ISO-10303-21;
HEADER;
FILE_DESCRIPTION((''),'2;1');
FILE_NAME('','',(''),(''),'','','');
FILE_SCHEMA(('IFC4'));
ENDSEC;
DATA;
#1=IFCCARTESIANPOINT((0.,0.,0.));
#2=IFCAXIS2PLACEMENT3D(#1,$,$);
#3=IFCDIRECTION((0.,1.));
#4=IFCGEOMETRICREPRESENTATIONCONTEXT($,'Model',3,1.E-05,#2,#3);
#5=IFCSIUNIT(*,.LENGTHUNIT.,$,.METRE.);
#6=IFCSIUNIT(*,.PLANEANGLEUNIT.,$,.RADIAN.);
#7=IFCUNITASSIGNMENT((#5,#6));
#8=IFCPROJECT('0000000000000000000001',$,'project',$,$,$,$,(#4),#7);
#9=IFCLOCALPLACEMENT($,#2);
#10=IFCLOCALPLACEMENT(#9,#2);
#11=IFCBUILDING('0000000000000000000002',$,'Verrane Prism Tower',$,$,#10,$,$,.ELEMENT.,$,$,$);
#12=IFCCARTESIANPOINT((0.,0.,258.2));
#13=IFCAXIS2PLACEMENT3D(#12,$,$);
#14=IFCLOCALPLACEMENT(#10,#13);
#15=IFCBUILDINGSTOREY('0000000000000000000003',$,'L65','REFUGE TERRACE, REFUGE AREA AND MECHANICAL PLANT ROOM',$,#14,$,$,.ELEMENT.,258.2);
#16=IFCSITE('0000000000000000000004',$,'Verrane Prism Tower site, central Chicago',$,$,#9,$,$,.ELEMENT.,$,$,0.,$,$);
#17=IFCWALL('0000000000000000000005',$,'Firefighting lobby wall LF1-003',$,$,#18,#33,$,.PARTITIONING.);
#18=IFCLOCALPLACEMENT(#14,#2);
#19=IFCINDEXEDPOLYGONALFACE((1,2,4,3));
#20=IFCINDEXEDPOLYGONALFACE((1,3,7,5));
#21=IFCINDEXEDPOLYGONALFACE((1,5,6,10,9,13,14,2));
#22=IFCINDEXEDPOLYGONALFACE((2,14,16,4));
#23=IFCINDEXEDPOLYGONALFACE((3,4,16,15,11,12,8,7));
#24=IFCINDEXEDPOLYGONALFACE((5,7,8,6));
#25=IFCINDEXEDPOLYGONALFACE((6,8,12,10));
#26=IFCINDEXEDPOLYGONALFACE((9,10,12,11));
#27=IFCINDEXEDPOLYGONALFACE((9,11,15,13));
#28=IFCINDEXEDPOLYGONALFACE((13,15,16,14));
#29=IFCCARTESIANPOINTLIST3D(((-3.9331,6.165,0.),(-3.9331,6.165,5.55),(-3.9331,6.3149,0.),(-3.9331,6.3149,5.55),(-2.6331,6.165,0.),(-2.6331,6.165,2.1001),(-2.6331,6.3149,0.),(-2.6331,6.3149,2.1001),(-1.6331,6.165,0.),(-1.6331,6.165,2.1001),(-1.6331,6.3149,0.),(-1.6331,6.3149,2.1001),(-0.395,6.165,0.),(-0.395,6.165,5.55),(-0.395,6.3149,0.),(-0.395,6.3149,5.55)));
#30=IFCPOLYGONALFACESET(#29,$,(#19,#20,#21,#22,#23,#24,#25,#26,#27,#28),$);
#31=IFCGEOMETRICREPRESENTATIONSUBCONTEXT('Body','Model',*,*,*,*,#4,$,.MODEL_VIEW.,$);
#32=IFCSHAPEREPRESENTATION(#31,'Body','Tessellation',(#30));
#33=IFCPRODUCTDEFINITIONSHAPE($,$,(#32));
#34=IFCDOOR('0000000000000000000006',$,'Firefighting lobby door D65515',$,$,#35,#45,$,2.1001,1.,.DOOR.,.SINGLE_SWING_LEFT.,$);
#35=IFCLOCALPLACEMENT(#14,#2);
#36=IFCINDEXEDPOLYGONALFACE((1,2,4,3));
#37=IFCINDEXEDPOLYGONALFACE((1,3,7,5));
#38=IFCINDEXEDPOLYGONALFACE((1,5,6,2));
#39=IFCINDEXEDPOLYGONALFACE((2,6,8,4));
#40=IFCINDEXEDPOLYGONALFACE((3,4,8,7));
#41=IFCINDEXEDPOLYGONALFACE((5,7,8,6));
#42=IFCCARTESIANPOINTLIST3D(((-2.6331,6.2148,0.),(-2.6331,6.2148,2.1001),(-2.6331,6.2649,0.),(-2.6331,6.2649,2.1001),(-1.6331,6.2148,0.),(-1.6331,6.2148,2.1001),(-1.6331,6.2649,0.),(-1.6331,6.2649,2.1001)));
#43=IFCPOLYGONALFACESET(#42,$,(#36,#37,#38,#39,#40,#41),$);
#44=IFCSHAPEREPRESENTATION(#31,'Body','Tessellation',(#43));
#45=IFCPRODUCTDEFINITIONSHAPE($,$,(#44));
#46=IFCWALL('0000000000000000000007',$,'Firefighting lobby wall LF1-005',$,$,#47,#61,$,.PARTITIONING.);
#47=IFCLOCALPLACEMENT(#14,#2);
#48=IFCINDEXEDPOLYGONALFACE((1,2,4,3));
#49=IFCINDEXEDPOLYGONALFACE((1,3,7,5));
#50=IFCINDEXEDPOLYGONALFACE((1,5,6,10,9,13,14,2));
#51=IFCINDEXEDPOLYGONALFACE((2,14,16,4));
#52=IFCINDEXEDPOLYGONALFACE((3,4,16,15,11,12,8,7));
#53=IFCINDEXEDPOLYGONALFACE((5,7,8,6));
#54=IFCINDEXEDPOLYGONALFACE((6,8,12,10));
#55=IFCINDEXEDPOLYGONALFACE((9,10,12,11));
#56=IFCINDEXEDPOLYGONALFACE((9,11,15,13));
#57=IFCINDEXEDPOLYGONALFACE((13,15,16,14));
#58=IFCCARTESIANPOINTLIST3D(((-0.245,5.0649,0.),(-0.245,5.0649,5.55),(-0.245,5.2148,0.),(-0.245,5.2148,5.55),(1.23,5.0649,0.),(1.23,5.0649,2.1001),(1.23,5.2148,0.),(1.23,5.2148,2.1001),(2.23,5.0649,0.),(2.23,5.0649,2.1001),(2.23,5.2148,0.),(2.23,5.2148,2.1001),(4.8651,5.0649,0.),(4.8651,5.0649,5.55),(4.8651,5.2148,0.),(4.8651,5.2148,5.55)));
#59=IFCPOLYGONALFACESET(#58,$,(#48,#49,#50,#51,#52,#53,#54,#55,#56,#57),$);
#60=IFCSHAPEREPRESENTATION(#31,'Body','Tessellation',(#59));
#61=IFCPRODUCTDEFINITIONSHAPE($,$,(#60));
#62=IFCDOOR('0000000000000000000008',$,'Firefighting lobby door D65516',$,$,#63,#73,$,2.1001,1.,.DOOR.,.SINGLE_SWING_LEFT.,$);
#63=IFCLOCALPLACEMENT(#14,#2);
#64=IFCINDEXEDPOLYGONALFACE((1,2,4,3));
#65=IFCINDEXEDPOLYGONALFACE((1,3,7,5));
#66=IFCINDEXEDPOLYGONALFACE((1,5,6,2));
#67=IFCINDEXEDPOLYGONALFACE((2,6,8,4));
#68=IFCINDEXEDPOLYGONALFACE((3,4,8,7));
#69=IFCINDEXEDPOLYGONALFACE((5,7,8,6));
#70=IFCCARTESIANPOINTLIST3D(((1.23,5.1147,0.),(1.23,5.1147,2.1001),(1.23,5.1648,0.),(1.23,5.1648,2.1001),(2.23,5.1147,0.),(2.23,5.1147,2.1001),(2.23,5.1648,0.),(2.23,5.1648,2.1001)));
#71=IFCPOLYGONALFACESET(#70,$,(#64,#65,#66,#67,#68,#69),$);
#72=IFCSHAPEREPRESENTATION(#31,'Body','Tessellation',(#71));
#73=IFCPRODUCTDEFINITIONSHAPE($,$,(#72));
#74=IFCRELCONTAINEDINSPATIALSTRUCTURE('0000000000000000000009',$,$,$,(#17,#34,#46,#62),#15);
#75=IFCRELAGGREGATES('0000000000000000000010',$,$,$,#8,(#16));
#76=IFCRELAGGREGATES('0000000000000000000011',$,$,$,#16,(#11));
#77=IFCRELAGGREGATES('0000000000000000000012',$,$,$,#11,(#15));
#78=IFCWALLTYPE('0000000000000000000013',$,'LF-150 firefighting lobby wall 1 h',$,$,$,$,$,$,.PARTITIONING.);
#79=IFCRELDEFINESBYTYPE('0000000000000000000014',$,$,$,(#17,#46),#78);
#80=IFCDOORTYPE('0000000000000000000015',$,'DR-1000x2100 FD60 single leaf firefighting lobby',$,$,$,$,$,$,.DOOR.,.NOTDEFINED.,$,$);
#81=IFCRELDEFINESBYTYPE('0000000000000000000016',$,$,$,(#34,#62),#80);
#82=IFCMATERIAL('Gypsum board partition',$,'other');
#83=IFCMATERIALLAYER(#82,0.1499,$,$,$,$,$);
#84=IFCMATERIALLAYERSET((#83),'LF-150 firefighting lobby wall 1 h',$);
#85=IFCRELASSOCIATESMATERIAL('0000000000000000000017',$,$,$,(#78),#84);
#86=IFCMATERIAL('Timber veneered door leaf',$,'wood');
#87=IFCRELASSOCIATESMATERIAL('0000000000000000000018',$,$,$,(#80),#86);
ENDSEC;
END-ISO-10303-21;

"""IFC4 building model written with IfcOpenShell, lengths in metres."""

from ifc_helpers import new_model, si_unit, direction, frame, frame_2d, origin, place, context, subcontext, project, spatial, rectangle, extrude, material, layer, layer_set, type_object, element, fill, save


model = new_model("IFC4")

# Units and contexts
model_context = context("Model", 3, precision=1e-05, world=origin(), true_north=direction((0.0, 1.0)))
body_context = subcontext(model_context, "Body", "Model", "MODEL_VIEW")
ifc_project = project(units=[si_unit("LENGTHUNIT", "METRE"), si_unit("PLANEANGLEUNIT", "RADIAN")], contexts=[model_context])

# Site, building, storey
site_placement = place(None, origin())
site = spatial("IfcSite", under=ifc_project, at=site_placement, Name="Verrane Prism Tower site, central Chicago", CompositionType="ELEMENT", RefElevation=0.0)
building_placement = place(site_placement, origin())
building = spatial("IfcBuilding", under=site, at=building_placement, Name="Verrane Prism Tower", CompositionType="ELEMENT")
storey_placement = place(building_placement, frame((0.0, 0.0, 258.2)))
storey = spatial("IfcBuildingStorey", under=building, at=storey_placement, Name="L65", Description="REFUGE TERRACE, REFUGE AREA AND MECHANICAL PLANT ROOM", CompositionType="ELEMENT", Elevation=258.2)

# Walls, openings, doors
ifc_material_1 = material(Name="Gypsum board partition", Category="other")
ifc_layer_1 = layer(ifc_material_1, 0.1499)
ifc_layer_set_1 = layer_set([ifc_layer_1], Name="LF-150 firefighting lobby wall 1 h")
wall_type_1 = type_object("IfcWallType", Name="LF-150 firefighting lobby wall 1 h", PredefinedType="PARTITIONING", material=ifc_layer_set_1)
wall_1_placement = place(storey_placement, frame((-3.9331, 6.24, 0.0), z_axis=(0.0, 0.0, 1.0), x_axis=(1.0, 0.0, 0.0)))
wall_1 = element("IfcWall", 1, at=wall_1_placement, inside=storey, type_object=wall_type_1, Name="Firefighting lobby wall LF1-003", PredefinedType="PARTITIONING", context=body_context, shape_type="SweptSolid", body=[
    extrude(rectangle(XDim=3.5381, YDim=0.1499, at=frame_2d((1.769, 0.0))), origin(), (0.0, 0.0, 1.0), 5.55),
])
opening_1_placement = place(wall_1_placement, frame((1.3, 0.0, 0.0)))
opening_1 = element("IfcOpeningElement", 2, at=opening_1_placement, cuts=wall_1, PredefinedType="OPENING", context=body_context, shape_type="SweptSolid", body=[
    extrude(rectangle(XDim=1.0, YDim=2.1001, at=frame_2d((0.5, 1.05))), frame((0.0, 0.085, 0.0), z_axis=(0.0, -1.0, 0.0), x_axis=(1.0, 0.0, 0.0)), (0.0, 0.0, 1.0), 0.1699),
])
ifc_material_2 = material(Name="Timber veneered door leaf", Category="wood")
door_type_1 = type_object("IfcDoorType", Name="DR-1000x2100 FD60 single leaf firefighting lobby", OperationType="NOTDEFINED", PredefinedType="DOOR", material=ifc_material_2)
door_1_placement = place(opening_1_placement, origin())
door_1 = element("IfcDoor", 3, at=door_1_placement, inside=storey, type_object=door_type_1, Name="Firefighting lobby door D65515", OperationType="SINGLE_SWING_LEFT", OverallHeight=2.1001, OverallWidth=1.0, PredefinedType="DOOR", context=body_context, shape_type="SweptSolid", body=[
    extrude(rectangle(XDim=1.0, YDim=2.1001, at=frame_2d((0.5, 1.05))), frame((0.0, 0.0249, 0.0), z_axis=(0.0, -1.0, 0.0), x_axis=(1.0, 0.0, 0.0)), (0.0, 0.0, 1.0), 0.05),
])
fill(opening_1, door_1)
wall_2_placement = place(storey_placement, frame((-0.2451, 5.1399, 0.0), z_axis=(0.0, 0.0, 1.0), x_axis=(1.0, 0.0, 0.0)))
wall_2 = element("IfcWall", 4, at=wall_2_placement, inside=storey, type_object=wall_type_1, Name="Firefighting lobby wall LF1-005", PredefinedType="PARTITIONING", context=body_context, shape_type="SweptSolid", body=[
    extrude(rectangle(XDim=5.1101, YDim=0.1499, at=frame_2d((2.5552, 0.0))), origin(), (0.0, 0.0, 1.0), 5.55),
])
opening_2_placement = place(wall_2_placement, frame((1.4751, 0.0, 0.0)))
opening_2 = element("IfcOpeningElement", 5, at=opening_2_placement, cuts=wall_2, PredefinedType="OPENING", context=body_context, shape_type="SweptSolid", body=[
    extrude(rectangle(XDim=1.0, YDim=2.1001, at=frame_2d((0.5, 1.05))), frame((0.0, 0.085, 0.0), z_axis=(0.0, -1.0, 0.0), x_axis=(1.0, 0.0, 0.0)), (0.0, 0.0, 1.0), 0.1699),
])
door_2_placement = place(opening_2_placement, origin())
door_2 = element("IfcDoor", 6, at=door_2_placement, inside=storey, type_object=door_type_1, Name="Firefighting lobby door D65516", OperationType="SINGLE_SWING_LEFT", OverallHeight=2.1001, OverallWidth=1.0, PredefinedType="DOOR", context=body_context, shape_type="SweptSolid", body=[
    extrude(rectangle(XDim=1.0, YDim=2.1001, at=frame_2d((0.5, 1.05))), frame((0.0, 0.0249, 0.0), z_axis=(0.0, -1.0, 0.0), x_axis=(1.0, 0.0, 0.0)), (0.0, 0.0, 1.0), 0.05),
])
fill(opening_2, door_2)

save(model, "model.ifc")
